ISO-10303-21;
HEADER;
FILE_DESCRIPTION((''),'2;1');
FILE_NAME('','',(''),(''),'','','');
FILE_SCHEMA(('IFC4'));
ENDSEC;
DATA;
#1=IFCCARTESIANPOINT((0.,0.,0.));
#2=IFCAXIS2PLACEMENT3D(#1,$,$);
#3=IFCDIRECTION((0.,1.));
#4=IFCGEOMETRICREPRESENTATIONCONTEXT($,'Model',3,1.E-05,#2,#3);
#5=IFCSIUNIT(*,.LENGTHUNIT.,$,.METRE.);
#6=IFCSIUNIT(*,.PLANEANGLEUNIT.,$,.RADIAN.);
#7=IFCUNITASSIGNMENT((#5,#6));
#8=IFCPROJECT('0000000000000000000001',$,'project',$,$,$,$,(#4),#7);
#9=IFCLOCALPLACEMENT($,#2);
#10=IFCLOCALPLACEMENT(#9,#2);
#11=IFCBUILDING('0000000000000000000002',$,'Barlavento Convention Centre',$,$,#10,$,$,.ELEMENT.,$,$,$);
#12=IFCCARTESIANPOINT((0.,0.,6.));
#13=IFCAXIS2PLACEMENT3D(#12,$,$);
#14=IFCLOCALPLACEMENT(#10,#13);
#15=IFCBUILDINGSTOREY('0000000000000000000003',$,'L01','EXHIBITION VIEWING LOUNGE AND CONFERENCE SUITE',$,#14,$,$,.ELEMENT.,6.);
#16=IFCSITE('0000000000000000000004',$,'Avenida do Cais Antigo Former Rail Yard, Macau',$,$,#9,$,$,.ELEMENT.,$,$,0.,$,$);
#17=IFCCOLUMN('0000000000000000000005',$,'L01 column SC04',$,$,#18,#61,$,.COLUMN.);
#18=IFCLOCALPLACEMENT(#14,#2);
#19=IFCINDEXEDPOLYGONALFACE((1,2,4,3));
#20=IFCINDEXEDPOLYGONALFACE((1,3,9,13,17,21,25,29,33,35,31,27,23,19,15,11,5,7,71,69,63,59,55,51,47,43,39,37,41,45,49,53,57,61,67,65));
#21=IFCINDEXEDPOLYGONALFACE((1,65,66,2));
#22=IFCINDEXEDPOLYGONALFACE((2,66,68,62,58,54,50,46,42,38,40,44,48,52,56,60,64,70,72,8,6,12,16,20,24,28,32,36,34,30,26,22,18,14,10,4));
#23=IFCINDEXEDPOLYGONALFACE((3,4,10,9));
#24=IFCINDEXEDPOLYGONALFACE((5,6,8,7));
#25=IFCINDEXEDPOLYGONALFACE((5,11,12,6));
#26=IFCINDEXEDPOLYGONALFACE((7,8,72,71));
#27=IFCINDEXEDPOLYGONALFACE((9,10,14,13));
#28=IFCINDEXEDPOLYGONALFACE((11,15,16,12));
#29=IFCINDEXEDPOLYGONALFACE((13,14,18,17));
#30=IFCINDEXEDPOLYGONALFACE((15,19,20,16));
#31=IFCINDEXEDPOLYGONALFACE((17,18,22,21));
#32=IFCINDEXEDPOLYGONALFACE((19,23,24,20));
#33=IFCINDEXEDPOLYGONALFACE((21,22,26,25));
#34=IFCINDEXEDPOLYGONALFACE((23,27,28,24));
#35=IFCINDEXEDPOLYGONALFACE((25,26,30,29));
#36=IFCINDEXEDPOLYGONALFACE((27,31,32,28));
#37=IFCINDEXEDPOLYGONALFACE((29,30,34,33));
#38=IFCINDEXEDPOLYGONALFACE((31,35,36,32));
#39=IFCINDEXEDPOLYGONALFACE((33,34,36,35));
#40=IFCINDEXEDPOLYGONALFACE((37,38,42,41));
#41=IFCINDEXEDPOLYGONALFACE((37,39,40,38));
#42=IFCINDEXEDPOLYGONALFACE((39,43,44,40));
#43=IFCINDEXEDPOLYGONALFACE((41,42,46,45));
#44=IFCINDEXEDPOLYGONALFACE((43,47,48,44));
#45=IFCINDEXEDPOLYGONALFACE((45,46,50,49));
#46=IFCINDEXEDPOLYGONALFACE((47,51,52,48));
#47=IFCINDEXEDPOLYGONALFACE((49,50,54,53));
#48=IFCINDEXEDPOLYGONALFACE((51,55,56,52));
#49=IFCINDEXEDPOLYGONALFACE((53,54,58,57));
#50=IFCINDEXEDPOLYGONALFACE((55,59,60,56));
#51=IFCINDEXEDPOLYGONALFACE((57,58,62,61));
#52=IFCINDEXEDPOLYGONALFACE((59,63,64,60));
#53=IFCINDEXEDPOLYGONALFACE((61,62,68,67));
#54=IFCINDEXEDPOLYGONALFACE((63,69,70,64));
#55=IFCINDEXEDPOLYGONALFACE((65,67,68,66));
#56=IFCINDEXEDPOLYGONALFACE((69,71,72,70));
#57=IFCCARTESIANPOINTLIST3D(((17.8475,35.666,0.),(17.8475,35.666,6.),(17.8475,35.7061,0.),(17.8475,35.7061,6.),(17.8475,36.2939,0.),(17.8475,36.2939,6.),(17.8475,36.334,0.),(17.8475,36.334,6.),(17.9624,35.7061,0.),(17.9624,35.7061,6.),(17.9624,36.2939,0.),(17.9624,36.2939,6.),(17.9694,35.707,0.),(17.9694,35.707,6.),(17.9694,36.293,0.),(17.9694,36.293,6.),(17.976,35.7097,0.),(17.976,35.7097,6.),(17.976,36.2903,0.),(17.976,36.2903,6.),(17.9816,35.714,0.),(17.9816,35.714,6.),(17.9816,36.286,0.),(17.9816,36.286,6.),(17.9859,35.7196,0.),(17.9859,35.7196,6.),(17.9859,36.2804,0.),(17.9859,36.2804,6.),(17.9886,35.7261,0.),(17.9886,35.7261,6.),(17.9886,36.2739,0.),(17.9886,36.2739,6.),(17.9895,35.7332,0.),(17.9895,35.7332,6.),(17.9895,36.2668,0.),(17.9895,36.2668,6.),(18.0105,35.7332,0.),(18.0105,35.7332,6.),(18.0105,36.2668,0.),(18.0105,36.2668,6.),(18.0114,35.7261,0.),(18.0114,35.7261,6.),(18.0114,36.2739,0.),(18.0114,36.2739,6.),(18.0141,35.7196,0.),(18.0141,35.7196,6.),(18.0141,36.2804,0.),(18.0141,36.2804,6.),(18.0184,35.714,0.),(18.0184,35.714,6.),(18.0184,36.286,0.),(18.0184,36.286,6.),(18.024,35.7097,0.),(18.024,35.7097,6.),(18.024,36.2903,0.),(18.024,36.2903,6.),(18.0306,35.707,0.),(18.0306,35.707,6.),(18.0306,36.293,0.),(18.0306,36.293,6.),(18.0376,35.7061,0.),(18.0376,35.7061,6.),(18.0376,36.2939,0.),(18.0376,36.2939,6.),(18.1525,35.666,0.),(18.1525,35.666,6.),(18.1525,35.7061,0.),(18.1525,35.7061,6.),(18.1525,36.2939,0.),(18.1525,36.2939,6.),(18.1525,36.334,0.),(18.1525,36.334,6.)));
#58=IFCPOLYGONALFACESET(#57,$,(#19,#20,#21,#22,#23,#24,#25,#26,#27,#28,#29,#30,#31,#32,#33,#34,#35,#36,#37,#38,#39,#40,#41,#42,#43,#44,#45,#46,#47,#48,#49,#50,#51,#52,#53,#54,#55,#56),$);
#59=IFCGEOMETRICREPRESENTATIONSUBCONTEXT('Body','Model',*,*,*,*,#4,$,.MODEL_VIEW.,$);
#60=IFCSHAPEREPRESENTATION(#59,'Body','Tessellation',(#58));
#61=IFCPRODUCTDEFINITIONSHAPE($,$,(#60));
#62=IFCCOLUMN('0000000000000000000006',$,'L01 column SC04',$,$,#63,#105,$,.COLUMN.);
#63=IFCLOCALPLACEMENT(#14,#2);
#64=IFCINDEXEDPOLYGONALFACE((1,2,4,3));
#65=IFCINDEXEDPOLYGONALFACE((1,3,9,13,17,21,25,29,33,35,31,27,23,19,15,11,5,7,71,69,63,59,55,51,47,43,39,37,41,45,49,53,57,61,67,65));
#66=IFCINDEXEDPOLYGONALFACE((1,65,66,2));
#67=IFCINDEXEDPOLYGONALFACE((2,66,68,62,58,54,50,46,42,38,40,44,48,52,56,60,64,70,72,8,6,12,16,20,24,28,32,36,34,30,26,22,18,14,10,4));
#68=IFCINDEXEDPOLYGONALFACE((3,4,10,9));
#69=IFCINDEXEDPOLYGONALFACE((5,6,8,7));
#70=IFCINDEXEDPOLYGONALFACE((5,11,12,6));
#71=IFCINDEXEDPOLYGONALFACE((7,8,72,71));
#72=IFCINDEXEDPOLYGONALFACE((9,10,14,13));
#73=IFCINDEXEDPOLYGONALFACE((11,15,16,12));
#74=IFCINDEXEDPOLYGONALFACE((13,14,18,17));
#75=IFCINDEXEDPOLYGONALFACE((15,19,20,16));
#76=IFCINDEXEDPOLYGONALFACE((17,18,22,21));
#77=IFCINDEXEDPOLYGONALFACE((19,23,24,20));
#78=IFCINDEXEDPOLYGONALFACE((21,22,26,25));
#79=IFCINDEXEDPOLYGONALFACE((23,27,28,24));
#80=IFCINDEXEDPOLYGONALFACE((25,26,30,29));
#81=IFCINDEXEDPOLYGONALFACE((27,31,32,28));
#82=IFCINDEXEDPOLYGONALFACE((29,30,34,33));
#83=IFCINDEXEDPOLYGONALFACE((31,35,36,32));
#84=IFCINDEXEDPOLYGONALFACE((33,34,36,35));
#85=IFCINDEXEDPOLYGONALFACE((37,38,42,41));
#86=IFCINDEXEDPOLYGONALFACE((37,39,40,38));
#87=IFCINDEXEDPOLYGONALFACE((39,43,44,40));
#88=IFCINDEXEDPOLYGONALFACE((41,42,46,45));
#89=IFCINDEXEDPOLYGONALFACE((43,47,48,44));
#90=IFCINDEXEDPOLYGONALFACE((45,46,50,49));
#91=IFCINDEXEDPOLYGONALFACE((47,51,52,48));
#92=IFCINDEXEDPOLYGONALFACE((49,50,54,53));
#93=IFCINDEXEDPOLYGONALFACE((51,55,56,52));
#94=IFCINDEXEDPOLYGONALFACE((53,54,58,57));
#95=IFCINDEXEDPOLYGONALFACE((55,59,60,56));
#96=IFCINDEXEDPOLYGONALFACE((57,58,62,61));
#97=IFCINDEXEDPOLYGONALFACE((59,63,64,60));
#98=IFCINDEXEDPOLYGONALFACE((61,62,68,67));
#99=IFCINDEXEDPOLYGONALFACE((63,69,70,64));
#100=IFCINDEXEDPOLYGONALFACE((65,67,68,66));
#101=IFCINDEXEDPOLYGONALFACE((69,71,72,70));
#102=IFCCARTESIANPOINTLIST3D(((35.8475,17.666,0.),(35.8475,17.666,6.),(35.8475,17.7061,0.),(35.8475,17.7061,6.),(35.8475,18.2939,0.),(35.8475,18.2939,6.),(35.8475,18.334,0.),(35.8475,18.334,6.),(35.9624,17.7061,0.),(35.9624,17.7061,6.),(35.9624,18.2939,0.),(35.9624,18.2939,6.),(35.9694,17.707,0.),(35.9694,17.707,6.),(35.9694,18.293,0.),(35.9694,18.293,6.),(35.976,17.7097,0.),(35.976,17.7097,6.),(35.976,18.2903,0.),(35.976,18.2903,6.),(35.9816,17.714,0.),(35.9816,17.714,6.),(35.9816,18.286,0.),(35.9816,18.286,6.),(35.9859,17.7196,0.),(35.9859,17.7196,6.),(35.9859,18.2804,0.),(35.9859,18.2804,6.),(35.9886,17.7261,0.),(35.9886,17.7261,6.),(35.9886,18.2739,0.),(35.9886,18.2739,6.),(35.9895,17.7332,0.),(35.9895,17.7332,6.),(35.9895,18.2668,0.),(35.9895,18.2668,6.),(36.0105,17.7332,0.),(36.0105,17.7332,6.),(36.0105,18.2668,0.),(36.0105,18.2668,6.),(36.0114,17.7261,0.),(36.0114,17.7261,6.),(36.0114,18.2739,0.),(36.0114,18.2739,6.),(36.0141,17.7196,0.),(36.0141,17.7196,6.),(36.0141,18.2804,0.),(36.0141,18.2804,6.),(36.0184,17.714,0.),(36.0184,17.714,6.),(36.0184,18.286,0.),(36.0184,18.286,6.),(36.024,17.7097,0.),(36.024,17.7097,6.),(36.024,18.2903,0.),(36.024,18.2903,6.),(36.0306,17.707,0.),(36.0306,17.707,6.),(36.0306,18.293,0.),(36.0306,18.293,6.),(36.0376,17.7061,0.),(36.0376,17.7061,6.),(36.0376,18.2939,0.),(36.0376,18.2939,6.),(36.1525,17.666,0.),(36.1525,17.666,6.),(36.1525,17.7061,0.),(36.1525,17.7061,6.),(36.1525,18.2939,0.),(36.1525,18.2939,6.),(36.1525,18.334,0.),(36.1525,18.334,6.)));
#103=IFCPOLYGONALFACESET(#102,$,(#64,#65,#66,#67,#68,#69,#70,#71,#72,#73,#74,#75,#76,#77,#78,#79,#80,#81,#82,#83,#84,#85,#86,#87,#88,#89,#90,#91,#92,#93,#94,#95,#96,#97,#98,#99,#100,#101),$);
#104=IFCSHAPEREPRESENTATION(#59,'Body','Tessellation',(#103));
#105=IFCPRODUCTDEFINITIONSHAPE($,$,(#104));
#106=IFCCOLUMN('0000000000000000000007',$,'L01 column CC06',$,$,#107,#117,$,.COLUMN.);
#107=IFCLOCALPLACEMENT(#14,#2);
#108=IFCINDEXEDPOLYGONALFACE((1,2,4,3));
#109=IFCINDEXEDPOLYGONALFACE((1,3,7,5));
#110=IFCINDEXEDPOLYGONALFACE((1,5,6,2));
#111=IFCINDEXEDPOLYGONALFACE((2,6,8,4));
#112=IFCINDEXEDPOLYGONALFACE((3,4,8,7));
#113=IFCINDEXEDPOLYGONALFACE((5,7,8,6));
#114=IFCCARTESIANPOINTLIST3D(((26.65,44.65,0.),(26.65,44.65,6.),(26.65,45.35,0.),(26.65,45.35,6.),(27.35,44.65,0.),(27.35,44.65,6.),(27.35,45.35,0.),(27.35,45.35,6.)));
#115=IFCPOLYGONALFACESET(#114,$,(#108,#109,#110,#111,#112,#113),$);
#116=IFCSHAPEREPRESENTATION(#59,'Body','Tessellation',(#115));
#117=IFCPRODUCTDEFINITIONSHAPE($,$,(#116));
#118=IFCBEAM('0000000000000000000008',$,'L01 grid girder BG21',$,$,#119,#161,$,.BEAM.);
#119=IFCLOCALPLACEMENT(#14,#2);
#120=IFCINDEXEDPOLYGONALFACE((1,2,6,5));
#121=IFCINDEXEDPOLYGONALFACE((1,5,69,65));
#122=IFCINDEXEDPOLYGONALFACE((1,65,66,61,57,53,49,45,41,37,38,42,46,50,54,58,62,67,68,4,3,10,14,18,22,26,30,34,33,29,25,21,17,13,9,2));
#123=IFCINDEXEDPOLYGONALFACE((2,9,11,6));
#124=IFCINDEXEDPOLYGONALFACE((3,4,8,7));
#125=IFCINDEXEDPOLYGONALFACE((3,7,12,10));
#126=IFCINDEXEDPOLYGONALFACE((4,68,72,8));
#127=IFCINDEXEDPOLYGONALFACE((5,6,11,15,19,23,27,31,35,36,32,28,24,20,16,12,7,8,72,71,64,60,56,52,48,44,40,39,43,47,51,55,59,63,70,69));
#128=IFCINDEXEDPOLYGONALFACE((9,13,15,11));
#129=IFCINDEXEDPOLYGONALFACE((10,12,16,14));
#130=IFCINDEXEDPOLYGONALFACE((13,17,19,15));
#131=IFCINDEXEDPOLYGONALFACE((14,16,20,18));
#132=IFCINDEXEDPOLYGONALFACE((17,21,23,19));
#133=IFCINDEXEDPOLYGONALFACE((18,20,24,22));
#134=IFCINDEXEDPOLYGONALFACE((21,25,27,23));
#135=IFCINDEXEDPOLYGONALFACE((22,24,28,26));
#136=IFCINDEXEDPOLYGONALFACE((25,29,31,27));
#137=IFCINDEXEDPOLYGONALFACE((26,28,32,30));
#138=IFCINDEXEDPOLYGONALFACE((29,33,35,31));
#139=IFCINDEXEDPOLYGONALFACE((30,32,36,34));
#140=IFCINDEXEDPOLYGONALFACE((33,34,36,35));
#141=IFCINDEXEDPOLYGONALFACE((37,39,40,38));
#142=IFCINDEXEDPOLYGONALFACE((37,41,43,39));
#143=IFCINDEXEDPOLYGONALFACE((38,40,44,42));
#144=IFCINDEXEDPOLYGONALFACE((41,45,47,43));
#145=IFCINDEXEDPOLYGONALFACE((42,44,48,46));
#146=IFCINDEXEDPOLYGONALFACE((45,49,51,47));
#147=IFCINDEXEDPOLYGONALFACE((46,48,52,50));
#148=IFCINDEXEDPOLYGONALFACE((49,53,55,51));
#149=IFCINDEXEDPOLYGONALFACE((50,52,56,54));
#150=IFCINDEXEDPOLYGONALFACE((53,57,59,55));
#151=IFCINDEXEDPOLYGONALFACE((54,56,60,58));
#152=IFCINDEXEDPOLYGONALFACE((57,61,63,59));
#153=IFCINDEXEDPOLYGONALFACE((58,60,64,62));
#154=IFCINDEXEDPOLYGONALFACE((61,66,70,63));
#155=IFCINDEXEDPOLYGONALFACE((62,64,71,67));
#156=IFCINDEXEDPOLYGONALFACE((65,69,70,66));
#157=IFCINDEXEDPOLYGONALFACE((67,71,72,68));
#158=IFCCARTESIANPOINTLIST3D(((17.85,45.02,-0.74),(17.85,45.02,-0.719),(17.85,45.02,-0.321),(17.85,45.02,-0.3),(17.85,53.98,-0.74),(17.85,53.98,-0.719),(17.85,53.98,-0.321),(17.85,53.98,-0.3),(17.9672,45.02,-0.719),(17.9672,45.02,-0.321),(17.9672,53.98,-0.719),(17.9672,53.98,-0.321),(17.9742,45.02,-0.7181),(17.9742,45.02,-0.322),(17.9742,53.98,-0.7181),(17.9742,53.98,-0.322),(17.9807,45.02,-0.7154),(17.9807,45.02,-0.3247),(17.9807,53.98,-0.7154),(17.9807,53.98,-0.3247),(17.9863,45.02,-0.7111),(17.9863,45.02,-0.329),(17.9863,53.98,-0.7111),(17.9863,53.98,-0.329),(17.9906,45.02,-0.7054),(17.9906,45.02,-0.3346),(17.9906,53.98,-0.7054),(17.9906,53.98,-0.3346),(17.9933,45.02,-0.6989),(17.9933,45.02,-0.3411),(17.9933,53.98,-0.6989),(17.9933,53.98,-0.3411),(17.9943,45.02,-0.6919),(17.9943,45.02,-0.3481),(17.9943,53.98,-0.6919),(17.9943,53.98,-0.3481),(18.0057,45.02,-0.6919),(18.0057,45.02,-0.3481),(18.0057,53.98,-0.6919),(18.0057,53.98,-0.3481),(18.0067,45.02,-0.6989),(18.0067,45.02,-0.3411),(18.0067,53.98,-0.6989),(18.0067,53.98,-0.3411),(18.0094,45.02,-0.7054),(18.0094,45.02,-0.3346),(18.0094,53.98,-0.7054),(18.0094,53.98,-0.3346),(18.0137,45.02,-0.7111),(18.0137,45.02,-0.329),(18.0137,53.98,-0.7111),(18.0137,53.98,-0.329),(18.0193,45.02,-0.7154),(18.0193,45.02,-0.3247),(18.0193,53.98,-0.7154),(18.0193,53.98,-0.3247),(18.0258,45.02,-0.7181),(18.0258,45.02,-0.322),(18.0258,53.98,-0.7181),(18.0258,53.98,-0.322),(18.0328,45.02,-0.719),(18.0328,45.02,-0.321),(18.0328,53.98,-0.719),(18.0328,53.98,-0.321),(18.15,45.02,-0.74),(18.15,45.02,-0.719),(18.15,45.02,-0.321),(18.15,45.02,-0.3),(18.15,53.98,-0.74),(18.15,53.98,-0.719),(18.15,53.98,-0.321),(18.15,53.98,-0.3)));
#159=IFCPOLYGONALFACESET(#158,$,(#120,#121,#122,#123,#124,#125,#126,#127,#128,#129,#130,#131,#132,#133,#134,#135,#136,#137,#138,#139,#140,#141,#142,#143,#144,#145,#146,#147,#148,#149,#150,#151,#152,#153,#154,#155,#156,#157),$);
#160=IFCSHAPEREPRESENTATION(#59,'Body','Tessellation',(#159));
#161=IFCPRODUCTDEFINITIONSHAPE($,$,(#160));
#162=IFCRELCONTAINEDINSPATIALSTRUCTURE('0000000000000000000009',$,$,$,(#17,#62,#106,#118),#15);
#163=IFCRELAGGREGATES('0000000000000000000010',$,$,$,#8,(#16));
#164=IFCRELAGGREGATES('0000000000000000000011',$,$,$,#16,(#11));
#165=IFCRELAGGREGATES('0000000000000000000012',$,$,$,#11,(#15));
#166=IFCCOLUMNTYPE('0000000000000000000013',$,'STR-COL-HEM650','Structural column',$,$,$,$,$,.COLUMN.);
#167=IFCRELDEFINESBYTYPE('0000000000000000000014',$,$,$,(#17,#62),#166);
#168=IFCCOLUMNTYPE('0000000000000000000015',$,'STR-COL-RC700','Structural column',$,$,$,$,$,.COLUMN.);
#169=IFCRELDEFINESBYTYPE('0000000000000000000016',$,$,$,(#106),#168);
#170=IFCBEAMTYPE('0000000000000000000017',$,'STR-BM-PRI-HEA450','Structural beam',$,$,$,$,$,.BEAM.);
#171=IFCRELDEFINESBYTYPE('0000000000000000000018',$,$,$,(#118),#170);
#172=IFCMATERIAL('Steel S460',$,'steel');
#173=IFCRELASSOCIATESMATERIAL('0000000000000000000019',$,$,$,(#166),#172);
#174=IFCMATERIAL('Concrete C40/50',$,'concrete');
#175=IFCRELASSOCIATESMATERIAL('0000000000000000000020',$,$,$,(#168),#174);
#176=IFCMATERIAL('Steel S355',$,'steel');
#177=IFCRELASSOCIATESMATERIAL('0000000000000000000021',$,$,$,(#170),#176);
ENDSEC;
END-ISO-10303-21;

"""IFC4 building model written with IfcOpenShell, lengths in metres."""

from ifc_helpers import new_model, si_unit, direction, frame, origin, origin_2d, place, context, subcontext, project, spatial, rectangle, i_section, extrude, material, material_profile, profile_set, type_object, element, save


model = new_model("IFC4")

# Units and contexts
model_context = context("Model", 3, precision=1e-05, world=origin(), true_north=direction((0.0, 1.0)))
body_context = subcontext(model_context, "Body", "Model", "MODEL_VIEW")
ifc_project = project(units=[si_unit("LENGTHUNIT", "METRE"), si_unit("PLANEANGLEUNIT", "RADIAN")], contexts=[model_context])

# Site, building, storey
site_placement = place(None, origin())
site = spatial("IfcSite", under=ifc_project, at=site_placement, Name="Avenida do Cais Antigo Former Rail Yard, Macau", CompositionType="ELEMENT", RefElevation=0.0)
building_placement = place(site_placement, origin())
building = spatial("IfcBuilding", under=site, at=building_placement, Name="Barlavento Convention Centre", CompositionType="ELEMENT")
storey_placement = place(building_placement, frame((0.0, 0.0, 6.0)))
storey = spatial("IfcBuildingStorey", under=building, at=storey_placement, Name="L01", Description="EXHIBITION VIEWING LOUNGE AND CONFERENCE SUITE", CompositionType="ELEMENT", Elevation=6.0)

# Columns
ifc_material_1 = material(Name="Steel S355", Category="steel")
ifc_material_2 = material(Name="Steel S460", Category="steel")
ifc_material_profile_1 = material_profile(ifc_material_2, i_section(OverallWidth=0.3049, OverallDepth=0.668, WebThickness=0.021, FlangeThickness=0.04, FilletRadius=0.0271, at=origin_2d()), Name="HEM 650")
ifc_profile_set_1 = profile_set([ifc_material_profile_1], Name="Steel S460")
column_type_1 = type_object("IfcColumnType", Name="STR-COL-HEM650", Description="Structural column", PredefinedType="COLUMN", material=ifc_profile_set_1)
for number, where, z_axis, x_axis, name in (
    (1, (18.0, 36.0, 0.0), (0.0, 0.0, 1.0), (1.0, 0.0, 0.0), "L01 column SC04"),
    (2, (36.0, 18.0, 0.0), (0.0, 0.0, 1.0), (1.0, 0.0, 0.0), "L01 column SC04"),
):
    element("IfcColumn", number, at=place(storey_placement, frame(where, z_axis=z_axis, x_axis=x_axis)), inside=storey, type_object=column_type_1, Name=name, PredefinedType="COLUMN", context=body_context, shape_type="SweptSolid", body=[
        extrude(i_section(OverallWidth=0.3049, OverallDepth=0.668, WebThickness=0.021, FlangeThickness=0.04, FilletRadius=0.0271, at=origin_2d()), origin(), (0.0, 0.0, 1.0), 6.0),
    ])
ifc_material_3 = material(Name="Concrete C40/50", Category="concrete")
ifc_material_profile_2 = material_profile(ifc_material_3, rectangle(XDim=0.7, YDim=0.7, at=origin_2d()), Name="RC 700x700")
ifc_profile_set_2 = profile_set([ifc_material_profile_2], Name="Concrete C40/50")
column_type_2 = type_object("IfcColumnType", Name="STR-COL-RC700", Description="Structural column", PredefinedType="COLUMN", material=ifc_profile_set_2)
column_1_placement = place(storey_placement, frame((27.0, 45.0, 0.0), z_axis=(0.0, 0.0, 1.0), x_axis=(1.0, 0.0, 0.0)))
element("IfcColumn", 3, at=column_1_placement, inside=storey, type_object=column_type_2, Name="L01 column CC06", PredefinedType="COLUMN", context=body_context, shape_type="SweptSolid", body=[
    extrude(rectangle(XDim=0.7, YDim=0.7, at=origin_2d()), origin(), (0.0, 0.0, 1.0), 6.0),
])

# Beam
ifc_material_profile_3 = material_profile(ifc_material_1, i_section(OverallWidth=0.3, OverallDepth=0.4399, WebThickness=0.0115, FlangeThickness=0.021, FilletRadius=0.0271, at=origin_2d()), Name="HEA 450")
ifc_profile_set_3 = profile_set([ifc_material_profile_3], Name="Steel S355")
beam_type_1 = type_object("IfcBeamType", Name="STR-BM-PRI-HEA450", Description="Structural beam", PredefinedType="BEAM", material=ifc_profile_set_3)
beam_1_placement = place(storey_placement, frame((18.0, 45.02, -0.52), z_axis=(0.0, 1.0, 0.0), x_axis=(-1.0, 0.0, 0.0)))
element("IfcBeam", 4, at=beam_1_placement, inside=storey, type_object=beam_type_1, Name="L01 grid girder BG21", PredefinedType="BEAM", context=body_context, shape_type="SweptSolid", body=[
    extrude(i_section(OverallWidth=0.3, OverallDepth=0.4399, WebThickness=0.0115, FlangeThickness=0.021, FilletRadius=0.0271, at=origin_2d()), origin(), (0.0, 0.0, 1.0), 8.96),
])

save(model, "model.ifc")
